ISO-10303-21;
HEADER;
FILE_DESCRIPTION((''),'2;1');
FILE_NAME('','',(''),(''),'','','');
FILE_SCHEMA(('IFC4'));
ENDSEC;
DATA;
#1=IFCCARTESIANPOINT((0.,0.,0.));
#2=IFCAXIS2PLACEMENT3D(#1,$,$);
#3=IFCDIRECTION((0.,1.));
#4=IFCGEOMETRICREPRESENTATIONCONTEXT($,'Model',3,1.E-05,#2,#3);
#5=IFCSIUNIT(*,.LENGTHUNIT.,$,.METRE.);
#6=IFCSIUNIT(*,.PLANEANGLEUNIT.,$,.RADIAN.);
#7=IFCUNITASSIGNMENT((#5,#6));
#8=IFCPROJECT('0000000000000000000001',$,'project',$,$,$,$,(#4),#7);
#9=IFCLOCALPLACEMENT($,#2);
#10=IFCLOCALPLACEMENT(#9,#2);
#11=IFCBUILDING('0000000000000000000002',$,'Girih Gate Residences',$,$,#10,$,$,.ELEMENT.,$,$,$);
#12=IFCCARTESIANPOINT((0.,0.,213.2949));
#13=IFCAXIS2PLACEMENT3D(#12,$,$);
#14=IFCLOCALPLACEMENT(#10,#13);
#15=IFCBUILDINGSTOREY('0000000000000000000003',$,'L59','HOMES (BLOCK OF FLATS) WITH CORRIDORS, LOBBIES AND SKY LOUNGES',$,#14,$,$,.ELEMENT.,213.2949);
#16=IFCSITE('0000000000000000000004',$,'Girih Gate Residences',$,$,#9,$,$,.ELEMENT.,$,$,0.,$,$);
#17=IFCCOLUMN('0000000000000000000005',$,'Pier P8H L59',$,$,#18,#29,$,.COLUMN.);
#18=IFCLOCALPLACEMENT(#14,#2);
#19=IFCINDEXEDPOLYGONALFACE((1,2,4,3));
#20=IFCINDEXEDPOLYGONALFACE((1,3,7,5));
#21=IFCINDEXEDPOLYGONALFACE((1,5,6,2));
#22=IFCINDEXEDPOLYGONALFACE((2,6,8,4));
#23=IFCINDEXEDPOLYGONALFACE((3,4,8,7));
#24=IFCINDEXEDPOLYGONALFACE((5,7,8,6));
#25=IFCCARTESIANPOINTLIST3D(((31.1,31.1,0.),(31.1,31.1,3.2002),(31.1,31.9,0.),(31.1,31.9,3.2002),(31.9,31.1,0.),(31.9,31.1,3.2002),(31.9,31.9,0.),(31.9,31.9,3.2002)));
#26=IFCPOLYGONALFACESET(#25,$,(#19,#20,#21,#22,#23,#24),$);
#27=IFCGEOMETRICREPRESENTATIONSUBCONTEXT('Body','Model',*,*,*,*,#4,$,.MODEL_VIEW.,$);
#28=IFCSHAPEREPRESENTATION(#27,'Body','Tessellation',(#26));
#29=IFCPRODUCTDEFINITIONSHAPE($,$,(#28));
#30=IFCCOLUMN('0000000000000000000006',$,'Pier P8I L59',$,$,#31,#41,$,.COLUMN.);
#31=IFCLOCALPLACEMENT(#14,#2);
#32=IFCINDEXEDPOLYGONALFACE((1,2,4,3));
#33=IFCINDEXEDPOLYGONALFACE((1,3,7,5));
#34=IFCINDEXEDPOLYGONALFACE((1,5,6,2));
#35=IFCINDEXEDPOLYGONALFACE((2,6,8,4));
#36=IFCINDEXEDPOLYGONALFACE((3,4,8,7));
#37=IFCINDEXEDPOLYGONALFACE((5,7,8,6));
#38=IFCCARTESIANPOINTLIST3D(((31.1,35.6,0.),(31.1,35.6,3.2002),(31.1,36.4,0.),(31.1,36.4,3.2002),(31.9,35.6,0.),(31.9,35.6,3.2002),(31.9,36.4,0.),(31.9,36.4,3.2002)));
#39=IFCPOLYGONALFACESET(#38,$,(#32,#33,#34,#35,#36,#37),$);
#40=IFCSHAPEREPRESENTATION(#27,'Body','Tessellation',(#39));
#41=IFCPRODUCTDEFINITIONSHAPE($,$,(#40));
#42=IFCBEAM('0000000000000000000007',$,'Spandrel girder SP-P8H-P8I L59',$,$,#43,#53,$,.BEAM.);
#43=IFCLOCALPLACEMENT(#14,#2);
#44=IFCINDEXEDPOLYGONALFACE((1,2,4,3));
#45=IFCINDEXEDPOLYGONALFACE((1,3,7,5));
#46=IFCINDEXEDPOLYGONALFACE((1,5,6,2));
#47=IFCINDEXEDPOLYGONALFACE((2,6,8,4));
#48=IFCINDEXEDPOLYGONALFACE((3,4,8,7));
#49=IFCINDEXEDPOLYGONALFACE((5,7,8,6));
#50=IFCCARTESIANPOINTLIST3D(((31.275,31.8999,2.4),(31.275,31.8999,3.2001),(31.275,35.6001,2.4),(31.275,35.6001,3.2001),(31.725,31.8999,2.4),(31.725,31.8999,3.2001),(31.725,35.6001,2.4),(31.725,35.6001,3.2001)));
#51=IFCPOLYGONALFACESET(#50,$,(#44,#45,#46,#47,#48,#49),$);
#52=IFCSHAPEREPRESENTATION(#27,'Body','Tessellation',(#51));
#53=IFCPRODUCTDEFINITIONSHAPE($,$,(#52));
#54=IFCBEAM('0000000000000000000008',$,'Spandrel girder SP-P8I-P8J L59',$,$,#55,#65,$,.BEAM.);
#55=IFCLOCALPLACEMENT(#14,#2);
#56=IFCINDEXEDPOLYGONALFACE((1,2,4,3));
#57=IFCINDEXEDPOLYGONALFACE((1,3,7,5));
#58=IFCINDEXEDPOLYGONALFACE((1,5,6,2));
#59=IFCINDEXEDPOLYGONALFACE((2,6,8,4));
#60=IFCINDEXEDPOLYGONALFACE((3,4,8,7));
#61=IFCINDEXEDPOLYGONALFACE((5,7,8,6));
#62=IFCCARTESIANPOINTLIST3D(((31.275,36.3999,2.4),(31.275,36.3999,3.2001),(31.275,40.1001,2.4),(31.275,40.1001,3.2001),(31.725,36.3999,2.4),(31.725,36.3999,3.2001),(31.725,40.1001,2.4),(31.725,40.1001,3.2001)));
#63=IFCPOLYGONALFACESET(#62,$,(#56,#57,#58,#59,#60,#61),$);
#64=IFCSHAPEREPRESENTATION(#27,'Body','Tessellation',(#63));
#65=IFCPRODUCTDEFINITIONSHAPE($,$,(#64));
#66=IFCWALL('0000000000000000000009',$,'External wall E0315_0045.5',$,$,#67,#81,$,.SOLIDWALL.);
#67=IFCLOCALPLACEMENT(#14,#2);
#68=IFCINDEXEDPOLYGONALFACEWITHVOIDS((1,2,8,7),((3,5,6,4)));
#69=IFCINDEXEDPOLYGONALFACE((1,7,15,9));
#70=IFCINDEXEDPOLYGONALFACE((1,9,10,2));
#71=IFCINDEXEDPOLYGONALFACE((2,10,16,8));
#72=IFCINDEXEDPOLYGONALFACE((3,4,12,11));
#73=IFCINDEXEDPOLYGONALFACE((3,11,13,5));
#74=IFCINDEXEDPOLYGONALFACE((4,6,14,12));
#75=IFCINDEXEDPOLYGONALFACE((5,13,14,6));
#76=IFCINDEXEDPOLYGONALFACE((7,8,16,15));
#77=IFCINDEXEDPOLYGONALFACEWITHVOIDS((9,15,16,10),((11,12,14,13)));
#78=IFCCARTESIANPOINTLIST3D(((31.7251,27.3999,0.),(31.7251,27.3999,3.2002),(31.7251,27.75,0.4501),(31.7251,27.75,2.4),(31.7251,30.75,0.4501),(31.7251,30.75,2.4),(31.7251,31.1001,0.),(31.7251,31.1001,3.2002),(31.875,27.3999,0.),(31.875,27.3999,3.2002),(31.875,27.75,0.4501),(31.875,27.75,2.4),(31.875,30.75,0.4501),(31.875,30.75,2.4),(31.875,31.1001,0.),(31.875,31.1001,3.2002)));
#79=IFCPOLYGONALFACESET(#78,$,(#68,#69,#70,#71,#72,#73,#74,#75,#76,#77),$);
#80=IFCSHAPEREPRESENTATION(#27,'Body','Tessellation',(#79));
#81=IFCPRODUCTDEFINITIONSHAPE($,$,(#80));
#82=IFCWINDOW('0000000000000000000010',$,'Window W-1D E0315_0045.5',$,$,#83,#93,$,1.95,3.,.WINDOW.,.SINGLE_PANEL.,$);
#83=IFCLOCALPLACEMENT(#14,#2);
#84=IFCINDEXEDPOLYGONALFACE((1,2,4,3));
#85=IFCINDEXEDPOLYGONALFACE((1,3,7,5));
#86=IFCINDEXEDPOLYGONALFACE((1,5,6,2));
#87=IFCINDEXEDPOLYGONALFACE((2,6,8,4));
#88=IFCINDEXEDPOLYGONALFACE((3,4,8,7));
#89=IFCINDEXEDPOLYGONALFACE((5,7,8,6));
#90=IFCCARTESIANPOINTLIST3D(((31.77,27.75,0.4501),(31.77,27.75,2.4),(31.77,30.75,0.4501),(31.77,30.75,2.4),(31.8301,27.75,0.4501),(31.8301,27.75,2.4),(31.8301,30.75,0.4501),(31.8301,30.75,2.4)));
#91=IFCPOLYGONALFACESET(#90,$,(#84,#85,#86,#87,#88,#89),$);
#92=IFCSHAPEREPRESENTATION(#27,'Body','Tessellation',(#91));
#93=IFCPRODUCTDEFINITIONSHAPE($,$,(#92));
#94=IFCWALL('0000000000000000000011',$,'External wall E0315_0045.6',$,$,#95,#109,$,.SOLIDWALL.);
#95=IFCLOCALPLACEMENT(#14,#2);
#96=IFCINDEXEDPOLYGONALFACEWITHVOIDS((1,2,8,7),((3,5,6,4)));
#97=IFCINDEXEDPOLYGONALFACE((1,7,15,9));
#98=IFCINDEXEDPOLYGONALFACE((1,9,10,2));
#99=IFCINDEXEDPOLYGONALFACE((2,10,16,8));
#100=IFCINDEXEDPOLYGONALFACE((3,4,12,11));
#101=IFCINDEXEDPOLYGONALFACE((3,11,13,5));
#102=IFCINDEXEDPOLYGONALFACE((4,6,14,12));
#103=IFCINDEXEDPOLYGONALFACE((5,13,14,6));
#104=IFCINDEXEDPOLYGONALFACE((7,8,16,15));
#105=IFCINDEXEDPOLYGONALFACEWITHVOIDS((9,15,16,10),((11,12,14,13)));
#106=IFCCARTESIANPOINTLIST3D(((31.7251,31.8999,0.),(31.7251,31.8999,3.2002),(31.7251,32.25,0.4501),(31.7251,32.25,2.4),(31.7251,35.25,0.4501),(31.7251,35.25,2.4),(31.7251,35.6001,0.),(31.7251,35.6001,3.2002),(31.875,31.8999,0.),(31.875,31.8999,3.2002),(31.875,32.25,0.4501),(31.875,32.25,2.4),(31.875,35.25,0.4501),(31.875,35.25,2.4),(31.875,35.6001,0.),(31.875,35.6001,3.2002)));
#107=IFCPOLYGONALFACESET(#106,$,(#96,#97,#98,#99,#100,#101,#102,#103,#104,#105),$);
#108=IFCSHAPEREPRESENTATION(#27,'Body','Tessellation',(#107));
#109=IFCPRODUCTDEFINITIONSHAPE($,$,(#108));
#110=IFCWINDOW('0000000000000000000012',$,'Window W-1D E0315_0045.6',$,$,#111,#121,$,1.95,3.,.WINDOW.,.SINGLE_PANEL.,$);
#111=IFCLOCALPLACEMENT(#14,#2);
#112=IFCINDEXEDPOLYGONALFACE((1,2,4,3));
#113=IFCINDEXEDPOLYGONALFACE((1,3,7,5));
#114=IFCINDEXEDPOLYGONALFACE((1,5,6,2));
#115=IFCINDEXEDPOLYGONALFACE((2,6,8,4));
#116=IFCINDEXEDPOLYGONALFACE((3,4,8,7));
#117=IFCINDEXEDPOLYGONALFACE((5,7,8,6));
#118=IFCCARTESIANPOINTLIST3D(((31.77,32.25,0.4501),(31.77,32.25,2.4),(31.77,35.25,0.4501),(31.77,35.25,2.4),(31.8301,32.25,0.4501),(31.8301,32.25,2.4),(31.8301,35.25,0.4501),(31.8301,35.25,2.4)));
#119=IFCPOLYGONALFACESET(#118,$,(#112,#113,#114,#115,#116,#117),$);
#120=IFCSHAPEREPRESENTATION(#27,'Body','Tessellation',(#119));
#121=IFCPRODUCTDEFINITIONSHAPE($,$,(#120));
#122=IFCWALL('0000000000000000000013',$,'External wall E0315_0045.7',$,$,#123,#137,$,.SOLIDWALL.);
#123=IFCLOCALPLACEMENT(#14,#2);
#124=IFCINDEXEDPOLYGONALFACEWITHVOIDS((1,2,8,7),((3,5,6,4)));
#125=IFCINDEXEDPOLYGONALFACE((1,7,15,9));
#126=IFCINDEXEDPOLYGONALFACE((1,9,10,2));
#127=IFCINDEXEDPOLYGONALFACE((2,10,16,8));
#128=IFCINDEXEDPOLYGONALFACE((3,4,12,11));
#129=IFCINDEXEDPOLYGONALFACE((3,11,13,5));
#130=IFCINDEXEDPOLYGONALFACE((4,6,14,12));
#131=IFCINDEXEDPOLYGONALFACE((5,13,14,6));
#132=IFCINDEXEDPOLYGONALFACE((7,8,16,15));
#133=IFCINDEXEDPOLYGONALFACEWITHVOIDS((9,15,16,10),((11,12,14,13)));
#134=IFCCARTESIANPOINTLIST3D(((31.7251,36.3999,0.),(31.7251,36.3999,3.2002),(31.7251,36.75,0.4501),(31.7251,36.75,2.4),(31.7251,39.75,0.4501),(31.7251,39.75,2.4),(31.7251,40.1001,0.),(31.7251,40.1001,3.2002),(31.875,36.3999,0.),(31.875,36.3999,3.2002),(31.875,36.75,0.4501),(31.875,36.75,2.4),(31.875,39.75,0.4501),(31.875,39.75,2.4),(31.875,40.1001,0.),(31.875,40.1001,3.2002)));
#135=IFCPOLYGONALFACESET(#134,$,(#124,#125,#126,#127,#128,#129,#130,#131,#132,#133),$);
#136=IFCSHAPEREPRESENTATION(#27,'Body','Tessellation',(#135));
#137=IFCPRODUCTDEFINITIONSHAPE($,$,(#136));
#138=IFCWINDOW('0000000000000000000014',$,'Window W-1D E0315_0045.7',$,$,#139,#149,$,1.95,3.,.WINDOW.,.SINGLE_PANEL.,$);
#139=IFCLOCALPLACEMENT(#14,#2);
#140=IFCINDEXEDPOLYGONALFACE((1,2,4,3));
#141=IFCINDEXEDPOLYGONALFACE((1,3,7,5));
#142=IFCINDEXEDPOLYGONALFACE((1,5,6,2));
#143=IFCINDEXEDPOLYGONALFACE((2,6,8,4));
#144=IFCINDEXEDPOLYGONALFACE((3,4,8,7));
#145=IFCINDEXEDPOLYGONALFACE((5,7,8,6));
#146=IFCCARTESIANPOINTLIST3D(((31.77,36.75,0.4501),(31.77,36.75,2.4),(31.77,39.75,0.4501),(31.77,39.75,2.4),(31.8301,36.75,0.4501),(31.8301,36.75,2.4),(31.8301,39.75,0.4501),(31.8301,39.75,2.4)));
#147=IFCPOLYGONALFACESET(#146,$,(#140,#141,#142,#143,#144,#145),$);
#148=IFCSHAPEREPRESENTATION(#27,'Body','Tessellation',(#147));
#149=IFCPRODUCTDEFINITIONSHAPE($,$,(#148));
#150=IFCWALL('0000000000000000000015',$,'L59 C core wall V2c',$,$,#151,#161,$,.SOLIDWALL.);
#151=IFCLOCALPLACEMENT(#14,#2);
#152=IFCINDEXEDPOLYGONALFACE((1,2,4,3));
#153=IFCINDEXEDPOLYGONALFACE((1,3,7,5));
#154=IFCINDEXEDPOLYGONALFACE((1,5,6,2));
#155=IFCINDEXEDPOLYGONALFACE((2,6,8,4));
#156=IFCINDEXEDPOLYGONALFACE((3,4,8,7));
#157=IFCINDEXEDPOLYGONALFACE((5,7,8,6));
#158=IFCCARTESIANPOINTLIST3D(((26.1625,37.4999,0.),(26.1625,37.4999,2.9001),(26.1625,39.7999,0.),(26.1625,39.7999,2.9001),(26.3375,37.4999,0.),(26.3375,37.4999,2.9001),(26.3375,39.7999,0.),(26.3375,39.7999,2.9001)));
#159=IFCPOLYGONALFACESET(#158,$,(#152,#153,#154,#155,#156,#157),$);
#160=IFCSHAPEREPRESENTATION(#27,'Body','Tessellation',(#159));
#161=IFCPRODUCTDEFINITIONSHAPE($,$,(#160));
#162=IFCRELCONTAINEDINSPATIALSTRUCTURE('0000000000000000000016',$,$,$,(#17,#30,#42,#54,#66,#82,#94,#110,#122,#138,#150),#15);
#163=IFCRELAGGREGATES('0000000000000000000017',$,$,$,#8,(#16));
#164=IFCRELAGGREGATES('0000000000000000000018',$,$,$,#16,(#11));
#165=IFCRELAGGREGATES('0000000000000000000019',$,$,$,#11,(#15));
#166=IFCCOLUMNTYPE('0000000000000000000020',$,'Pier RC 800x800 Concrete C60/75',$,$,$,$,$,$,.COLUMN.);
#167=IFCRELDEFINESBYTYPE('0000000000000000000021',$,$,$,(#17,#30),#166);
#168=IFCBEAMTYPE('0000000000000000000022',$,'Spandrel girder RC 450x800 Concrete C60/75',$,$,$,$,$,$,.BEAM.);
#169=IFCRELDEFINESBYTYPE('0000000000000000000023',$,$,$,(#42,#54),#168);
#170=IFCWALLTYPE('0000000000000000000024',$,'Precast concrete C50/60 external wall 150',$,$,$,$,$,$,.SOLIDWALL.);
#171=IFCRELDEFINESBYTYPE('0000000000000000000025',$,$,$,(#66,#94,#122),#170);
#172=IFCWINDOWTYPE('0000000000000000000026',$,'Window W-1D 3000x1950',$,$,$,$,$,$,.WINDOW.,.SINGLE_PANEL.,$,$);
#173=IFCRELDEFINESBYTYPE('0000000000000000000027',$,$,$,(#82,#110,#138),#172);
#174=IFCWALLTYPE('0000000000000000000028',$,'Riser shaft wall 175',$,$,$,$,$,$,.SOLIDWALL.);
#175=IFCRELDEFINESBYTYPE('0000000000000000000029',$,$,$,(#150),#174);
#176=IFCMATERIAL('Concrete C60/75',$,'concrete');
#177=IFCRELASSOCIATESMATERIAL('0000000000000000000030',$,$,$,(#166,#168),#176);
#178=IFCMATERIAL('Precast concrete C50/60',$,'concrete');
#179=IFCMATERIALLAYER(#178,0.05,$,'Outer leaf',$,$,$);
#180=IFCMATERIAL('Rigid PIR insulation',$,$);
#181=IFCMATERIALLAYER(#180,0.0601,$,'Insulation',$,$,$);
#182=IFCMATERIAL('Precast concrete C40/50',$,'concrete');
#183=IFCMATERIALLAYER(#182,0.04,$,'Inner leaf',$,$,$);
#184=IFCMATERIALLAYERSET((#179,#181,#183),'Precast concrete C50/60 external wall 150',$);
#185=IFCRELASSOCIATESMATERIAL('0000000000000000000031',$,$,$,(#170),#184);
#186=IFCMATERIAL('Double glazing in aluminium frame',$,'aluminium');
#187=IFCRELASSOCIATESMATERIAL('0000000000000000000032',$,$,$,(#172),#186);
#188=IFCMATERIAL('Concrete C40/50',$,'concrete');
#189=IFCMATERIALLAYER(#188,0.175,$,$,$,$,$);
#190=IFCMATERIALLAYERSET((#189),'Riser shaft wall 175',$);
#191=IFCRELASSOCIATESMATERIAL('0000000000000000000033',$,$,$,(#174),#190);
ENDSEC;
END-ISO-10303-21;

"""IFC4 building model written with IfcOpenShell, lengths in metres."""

from ifc_helpers import new_model, si_unit, direction, frame, frame_2d, origin, origin_2d, place, context, subcontext, project, spatial, rectangle, extrude, material, layer, layer_set, material_profile, profile_set, type_object, element, fill, save


model = new_model("IFC4")

# Units and contexts
model_context = context("Model", 3, precision=1e-05, world=origin(), true_north=direction((0.0, 1.0)))
body_context = subcontext(model_context, "Body", "Model", "MODEL_VIEW")
ifc_project = project(units=[si_unit("LENGTHUNIT", "METRE"), si_unit("PLANEANGLEUNIT", "RADIAN")], contexts=[model_context])

# Site, building, storey
site_placement = place(None, origin())
site = spatial("IfcSite", under=ifc_project, at=site_placement, Name="Girih Gate Residences", CompositionType="ELEMENT", RefElevation=0.0)
building_placement = place(site_placement, origin())
building = spatial("IfcBuilding", under=site, at=building_placement, Name="Girih Gate Residences", CompositionType="ELEMENT")
storey_placement = place(building_placement, frame((0.0, 0.0, 213.2949)))
storey = spatial("IfcBuildingStorey", under=building, at=storey_placement, Name="L59", Description="HOMES (BLOCK OF FLATS) WITH CORRIDORS, LOBBIES AND SKY LOUNGES", CompositionType="ELEMENT", Elevation=213.2949)

# Columns
ifc_material_1 = material(Name="Concrete C60/75", Category="concrete")
ifc_material_profile_1 = material_profile(ifc_material_1, rectangle(XDim=0.8, YDim=0.8, at=origin_2d()))
ifc_profile_set_1 = profile_set([ifc_material_profile_1], Name="Concrete C60/75")
column_type = type_object("IfcColumnType", Name="Pier RC 800x800 Concrete C60/75", PredefinedType="COLUMN", material=ifc_profile_set_1)
for number, where, z_axis, x_axis, name in (
    (1, (31.5, 31.5, 0.0), (0.0, 0.0, 1.0), (1.0, 0.0, 0.0), "Pier P8H L59"),
    (2, (31.5, 36.0, 0.0), (0.0, 0.0, 1.0), (1.0, 0.0, 0.0), "Pier P8I L59"),
):
    element("IfcColumn", number, at=place(storey_placement, frame(where, z_axis=z_axis, x_axis=x_axis)), inside=storey, type_object=column_type, Name=name, PredefinedType="COLUMN", context=body_context, shape_type="SweptSolid", body=[
        extrude(rectangle(XDim=0.8, YDim=0.8, at=origin_2d()), origin(), (0.0, 0.0, 1.0), 3.2002),
    ])

# Beams
ifc_material_profile_2 = material_profile(ifc_material_1, rectangle(XDim=0.45, YDim=0.8, at=origin_2d()))
ifc_profile_set_2 = profile_set([ifc_material_profile_2], Name="Concrete C60/75")
beam_type = type_object("IfcBeamType", Name="Spandrel girder RC 450x800 Concrete C60/75", PredefinedType="BEAM", material=ifc_profile_set_2)
for number, where, z_axis, x_axis, name in (
    (3, (31.5, 31.8999, 2.8), (0.0, 1.0, 0.0), (-1.0, 0.0, 0.0), "Spandrel girder SP-P8H-P8I L59"),
    (4, (31.5, 36.3999, 2.8), (0.0, 1.0, 0.0), (-1.0, 0.0, 0.0), "Spandrel girder SP-P8I-P8J L59"),
):
    element("IfcBeam", number, at=place(storey_placement, frame(where, z_axis=z_axis, x_axis=x_axis)), inside=storey, type_object=beam_type, Name=name, PredefinedType="BEAM", context=body_context, shape_type="SweptSolid", body=[
        extrude(rectangle(XDim=0.45, YDim=0.8, at=origin_2d()), origin(), (0.0, 0.0, 1.0), 3.7002),
    ])

# Walls, openings, windows
ifc_material_2 = material(Name="Precast concrete C50/60", Category="concrete")
ifc_layer_1 = layer(ifc_material_2, 0.05, Name="Outer leaf")
ifc_material_3 = material(Name="Rigid PIR insulation")
ifc_layer_2 = layer(ifc_material_3, 0.0601, Name="Insulation")
ifc_material_4 = material(Name="Precast concrete C40/50", Category="concrete")
ifc_layer_3 = layer(ifc_material_4, 0.04, Name="Inner leaf")
ifc_layer_set_1 = layer_set([ifc_layer_1, ifc_layer_2, ifc_layer_3], Name="Precast concrete C50/60 external wall 150")
wall_type_1 = type_object("IfcWallType", Name="Precast concrete C50/60 external wall 150", PredefinedType="SOLIDWALL", material=ifc_layer_set_1)
wall_1_placement = place(storey_placement, frame((31.8, 31.1001, 0.0), z_axis=(0.0, 0.0, 1.0), x_axis=(0.0, -1.0, 0.0)))
wall_1 = element("IfcWall", 5, at=wall_1_placement, inside=storey, type_object=wall_type_1, Name="External wall E0315_0045.5", PredefinedType="SOLIDWALL", context=body_context, shape_type="SweptSolid", body=[
    extrude(rectangle(XDim=3.7002, YDim=0.1499, at=frame_2d((1.8501, 0.0))), origin(), (0.0, 0.0, 1.0), 3.2002),
])
opening_1_placement = place(wall_1_placement, frame((0.3501, 0.0, 0.45)))
opening_1 = element("IfcOpeningElement", 6, at=opening_1_placement, cuts=wall_1, PredefinedType="OPENING", context=body_context, shape_type="SweptSolid", body=[
    extrude(rectangle(XDim=3.0, YDim=1.95, at=frame_2d((1.5, 0.9751))), frame((0.0, 0.085, 0.0), z_axis=(0.0, -1.0, 0.0), x_axis=(1.0, 0.0, 0.0)), (0.0, 0.0, 1.0), 0.1699),
])
ifc_material_5 = material(Name="Double glazing in aluminium frame", Category="aluminium")
window_type = type_object("IfcWindowType", Name="Window W-1D 3000x1950", PartitioningType="SINGLE_PANEL", PredefinedType="WINDOW", material=ifc_material_5)
window_1_placement = place(opening_1_placement, origin())
window_1 = element("IfcWindow", 7, at=window_1_placement, inside=storey, type_object=window_type, Name="Window W-1D E0315_0045.5", OverallHeight=1.95, OverallWidth=3.0, PartitioningType="SINGLE_PANEL", PredefinedType="WINDOW", context=body_context, shape_type="SweptSolid", body=[
    extrude(rectangle(XDim=3.0, YDim=1.95, at=frame_2d((1.5, 0.9751))), frame((0.0, 0.03, 0.0), z_axis=(0.0, -1.0, 0.0), x_axis=(1.0, 0.0, 0.0)), (0.0, 0.0, 1.0), 0.0601),
])
fill(opening_1, window_1)
wall_2_placement = place(storey_placement, frame((31.8, 35.6001, 0.0), z_axis=(0.0, 0.0, 1.0), x_axis=(0.0, -1.0, 0.0)))
wall_2 = element("IfcWall", 8, at=wall_2_placement, inside=storey, type_object=wall_type_1, Name="External wall E0315_0045.6", PredefinedType="SOLIDWALL", context=body_context, shape_type="SweptSolid", body=[
    extrude(rectangle(XDim=3.7002, YDim=0.1499, at=frame_2d((1.8501, 0.0))), origin(), (0.0, 0.0, 1.0), 3.2002),
])
opening_2_placement = place(wall_2_placement, frame((0.3501, 0.0, 0.45)))
opening_2 = element("IfcOpeningElement", 9, at=opening_2_placement, cuts=wall_2, PredefinedType="OPENING", context=body_context, shape_type="SweptSolid", body=[
    extrude(rectangle(XDim=3.0, YDim=1.95, at=frame_2d((1.5, 0.9751))), frame((0.0, 0.085, 0.0), z_axis=(0.0, -1.0, 0.0), x_axis=(1.0, 0.0, 0.0)), (0.0, 0.0, 1.0), 0.1699),
])
window_2_placement = place(opening_2_placement, origin())
window_2 = element("IfcWindow", 10, at=window_2_placement, inside=storey, type_object=window_type, Name="Window W-1D E0315_0045.6", OverallHeight=1.95, OverallWidth=3.0, PartitioningType="SINGLE_PANEL", PredefinedType="WINDOW", context=body_context, shape_type="SweptSolid", body=[
    extrude(rectangle(XDim=3.0, YDim=1.95, at=frame_2d((1.5, 0.9751))), frame((0.0, 0.03, 0.0), z_axis=(0.0, -1.0, 0.0), x_axis=(1.0, 0.0, 0.0)), (0.0, 0.0, 1.0), 0.0601),
])
fill(opening_2, window_2)
wall_3_placement = place(storey_placement, frame((31.8, 40.1001, 0.0), z_axis=(0.0, 0.0, 1.0), x_axis=(0.0, -1.0, 0.0)))
wall_3 = element("IfcWall", 11, at=wall_3_placement, inside=storey, type_object=wall_type_1, Name="External wall E0315_0045.7", PredefinedType="SOLIDWALL", context=body_context, shape_type="SweptSolid", body=[
    extrude(rectangle(XDim=3.7002, YDim=0.1499, at=frame_2d((1.8501, 0.0))), origin(), (0.0, 0.0, 1.0), 3.2002),
])
opening_3_placement = place(wall_3_placement, frame((0.3501, 0.0, 0.45)))
opening_3 = element("IfcOpeningElement", 12, at=opening_3_placement, cuts=wall_3, PredefinedType="OPENING", context=body_context, shape_type="SweptSolid", body=[
    extrude(rectangle(XDim=3.0, YDim=1.95, at=frame_2d((1.5, 0.9751))), frame((0.0, 0.085, 0.0), z_axis=(0.0, -1.0, 0.0), x_axis=(1.0, 0.0, 0.0)), (0.0, 0.0, 1.0), 0.1699),
])
window_3_placement = place(opening_3_placement, origin())
window_3 = element("IfcWindow", 13, at=window_3_placement, inside=storey, type_object=window_type, Name="Window W-1D E0315_0045.7", OverallHeight=1.95, OverallWidth=3.0, PartitioningType="SINGLE_PANEL", PredefinedType="WINDOW", context=body_context, shape_type="SweptSolid", body=[
    extrude(rectangle(XDim=3.0, YDim=1.95, at=frame_2d((1.5, 0.9751))), frame((0.0, 0.03, 0.0), z_axis=(0.0, -1.0, 0.0), x_axis=(1.0, 0.0, 0.0)), (0.0, 0.0, 1.0), 0.0601),
])
fill(opening_3, window_3)

# Wall
ifc_material_6 = material(Name="Concrete C40/50", Category="concrete")
ifc_layer_4 = layer(ifc_material_6, 0.175)
ifc_layer_set_2 = layer_set([ifc_layer_4], Name="Riser shaft wall 175")
wall_type_2 = type_object("IfcWallType", Name="Riser shaft wall 175", PredefinedType="SOLIDWALL", material=ifc_layer_set_2)
wall_4_placement = place(storey_placement, frame((26.25, 37.5, 0.0), z_axis=(0.0, 0.0, 1.0), x_axis=(0.0, 1.0, 0.0)))
element("IfcWall", 14, at=wall_4_placement, inside=storey, type_object=wall_type_2, Name="L59 C core wall V2c", PredefinedType="SOLIDWALL", context=body_context, shape_type="SweptSolid", body=[
    extrude(rectangle(XDim=2.3, YDim=0.175, at=frame_2d((1.1499, 0.0))), origin(), (0.0, 0.0, 1.0), 2.9001),
])

save(model, "model.ifc")
